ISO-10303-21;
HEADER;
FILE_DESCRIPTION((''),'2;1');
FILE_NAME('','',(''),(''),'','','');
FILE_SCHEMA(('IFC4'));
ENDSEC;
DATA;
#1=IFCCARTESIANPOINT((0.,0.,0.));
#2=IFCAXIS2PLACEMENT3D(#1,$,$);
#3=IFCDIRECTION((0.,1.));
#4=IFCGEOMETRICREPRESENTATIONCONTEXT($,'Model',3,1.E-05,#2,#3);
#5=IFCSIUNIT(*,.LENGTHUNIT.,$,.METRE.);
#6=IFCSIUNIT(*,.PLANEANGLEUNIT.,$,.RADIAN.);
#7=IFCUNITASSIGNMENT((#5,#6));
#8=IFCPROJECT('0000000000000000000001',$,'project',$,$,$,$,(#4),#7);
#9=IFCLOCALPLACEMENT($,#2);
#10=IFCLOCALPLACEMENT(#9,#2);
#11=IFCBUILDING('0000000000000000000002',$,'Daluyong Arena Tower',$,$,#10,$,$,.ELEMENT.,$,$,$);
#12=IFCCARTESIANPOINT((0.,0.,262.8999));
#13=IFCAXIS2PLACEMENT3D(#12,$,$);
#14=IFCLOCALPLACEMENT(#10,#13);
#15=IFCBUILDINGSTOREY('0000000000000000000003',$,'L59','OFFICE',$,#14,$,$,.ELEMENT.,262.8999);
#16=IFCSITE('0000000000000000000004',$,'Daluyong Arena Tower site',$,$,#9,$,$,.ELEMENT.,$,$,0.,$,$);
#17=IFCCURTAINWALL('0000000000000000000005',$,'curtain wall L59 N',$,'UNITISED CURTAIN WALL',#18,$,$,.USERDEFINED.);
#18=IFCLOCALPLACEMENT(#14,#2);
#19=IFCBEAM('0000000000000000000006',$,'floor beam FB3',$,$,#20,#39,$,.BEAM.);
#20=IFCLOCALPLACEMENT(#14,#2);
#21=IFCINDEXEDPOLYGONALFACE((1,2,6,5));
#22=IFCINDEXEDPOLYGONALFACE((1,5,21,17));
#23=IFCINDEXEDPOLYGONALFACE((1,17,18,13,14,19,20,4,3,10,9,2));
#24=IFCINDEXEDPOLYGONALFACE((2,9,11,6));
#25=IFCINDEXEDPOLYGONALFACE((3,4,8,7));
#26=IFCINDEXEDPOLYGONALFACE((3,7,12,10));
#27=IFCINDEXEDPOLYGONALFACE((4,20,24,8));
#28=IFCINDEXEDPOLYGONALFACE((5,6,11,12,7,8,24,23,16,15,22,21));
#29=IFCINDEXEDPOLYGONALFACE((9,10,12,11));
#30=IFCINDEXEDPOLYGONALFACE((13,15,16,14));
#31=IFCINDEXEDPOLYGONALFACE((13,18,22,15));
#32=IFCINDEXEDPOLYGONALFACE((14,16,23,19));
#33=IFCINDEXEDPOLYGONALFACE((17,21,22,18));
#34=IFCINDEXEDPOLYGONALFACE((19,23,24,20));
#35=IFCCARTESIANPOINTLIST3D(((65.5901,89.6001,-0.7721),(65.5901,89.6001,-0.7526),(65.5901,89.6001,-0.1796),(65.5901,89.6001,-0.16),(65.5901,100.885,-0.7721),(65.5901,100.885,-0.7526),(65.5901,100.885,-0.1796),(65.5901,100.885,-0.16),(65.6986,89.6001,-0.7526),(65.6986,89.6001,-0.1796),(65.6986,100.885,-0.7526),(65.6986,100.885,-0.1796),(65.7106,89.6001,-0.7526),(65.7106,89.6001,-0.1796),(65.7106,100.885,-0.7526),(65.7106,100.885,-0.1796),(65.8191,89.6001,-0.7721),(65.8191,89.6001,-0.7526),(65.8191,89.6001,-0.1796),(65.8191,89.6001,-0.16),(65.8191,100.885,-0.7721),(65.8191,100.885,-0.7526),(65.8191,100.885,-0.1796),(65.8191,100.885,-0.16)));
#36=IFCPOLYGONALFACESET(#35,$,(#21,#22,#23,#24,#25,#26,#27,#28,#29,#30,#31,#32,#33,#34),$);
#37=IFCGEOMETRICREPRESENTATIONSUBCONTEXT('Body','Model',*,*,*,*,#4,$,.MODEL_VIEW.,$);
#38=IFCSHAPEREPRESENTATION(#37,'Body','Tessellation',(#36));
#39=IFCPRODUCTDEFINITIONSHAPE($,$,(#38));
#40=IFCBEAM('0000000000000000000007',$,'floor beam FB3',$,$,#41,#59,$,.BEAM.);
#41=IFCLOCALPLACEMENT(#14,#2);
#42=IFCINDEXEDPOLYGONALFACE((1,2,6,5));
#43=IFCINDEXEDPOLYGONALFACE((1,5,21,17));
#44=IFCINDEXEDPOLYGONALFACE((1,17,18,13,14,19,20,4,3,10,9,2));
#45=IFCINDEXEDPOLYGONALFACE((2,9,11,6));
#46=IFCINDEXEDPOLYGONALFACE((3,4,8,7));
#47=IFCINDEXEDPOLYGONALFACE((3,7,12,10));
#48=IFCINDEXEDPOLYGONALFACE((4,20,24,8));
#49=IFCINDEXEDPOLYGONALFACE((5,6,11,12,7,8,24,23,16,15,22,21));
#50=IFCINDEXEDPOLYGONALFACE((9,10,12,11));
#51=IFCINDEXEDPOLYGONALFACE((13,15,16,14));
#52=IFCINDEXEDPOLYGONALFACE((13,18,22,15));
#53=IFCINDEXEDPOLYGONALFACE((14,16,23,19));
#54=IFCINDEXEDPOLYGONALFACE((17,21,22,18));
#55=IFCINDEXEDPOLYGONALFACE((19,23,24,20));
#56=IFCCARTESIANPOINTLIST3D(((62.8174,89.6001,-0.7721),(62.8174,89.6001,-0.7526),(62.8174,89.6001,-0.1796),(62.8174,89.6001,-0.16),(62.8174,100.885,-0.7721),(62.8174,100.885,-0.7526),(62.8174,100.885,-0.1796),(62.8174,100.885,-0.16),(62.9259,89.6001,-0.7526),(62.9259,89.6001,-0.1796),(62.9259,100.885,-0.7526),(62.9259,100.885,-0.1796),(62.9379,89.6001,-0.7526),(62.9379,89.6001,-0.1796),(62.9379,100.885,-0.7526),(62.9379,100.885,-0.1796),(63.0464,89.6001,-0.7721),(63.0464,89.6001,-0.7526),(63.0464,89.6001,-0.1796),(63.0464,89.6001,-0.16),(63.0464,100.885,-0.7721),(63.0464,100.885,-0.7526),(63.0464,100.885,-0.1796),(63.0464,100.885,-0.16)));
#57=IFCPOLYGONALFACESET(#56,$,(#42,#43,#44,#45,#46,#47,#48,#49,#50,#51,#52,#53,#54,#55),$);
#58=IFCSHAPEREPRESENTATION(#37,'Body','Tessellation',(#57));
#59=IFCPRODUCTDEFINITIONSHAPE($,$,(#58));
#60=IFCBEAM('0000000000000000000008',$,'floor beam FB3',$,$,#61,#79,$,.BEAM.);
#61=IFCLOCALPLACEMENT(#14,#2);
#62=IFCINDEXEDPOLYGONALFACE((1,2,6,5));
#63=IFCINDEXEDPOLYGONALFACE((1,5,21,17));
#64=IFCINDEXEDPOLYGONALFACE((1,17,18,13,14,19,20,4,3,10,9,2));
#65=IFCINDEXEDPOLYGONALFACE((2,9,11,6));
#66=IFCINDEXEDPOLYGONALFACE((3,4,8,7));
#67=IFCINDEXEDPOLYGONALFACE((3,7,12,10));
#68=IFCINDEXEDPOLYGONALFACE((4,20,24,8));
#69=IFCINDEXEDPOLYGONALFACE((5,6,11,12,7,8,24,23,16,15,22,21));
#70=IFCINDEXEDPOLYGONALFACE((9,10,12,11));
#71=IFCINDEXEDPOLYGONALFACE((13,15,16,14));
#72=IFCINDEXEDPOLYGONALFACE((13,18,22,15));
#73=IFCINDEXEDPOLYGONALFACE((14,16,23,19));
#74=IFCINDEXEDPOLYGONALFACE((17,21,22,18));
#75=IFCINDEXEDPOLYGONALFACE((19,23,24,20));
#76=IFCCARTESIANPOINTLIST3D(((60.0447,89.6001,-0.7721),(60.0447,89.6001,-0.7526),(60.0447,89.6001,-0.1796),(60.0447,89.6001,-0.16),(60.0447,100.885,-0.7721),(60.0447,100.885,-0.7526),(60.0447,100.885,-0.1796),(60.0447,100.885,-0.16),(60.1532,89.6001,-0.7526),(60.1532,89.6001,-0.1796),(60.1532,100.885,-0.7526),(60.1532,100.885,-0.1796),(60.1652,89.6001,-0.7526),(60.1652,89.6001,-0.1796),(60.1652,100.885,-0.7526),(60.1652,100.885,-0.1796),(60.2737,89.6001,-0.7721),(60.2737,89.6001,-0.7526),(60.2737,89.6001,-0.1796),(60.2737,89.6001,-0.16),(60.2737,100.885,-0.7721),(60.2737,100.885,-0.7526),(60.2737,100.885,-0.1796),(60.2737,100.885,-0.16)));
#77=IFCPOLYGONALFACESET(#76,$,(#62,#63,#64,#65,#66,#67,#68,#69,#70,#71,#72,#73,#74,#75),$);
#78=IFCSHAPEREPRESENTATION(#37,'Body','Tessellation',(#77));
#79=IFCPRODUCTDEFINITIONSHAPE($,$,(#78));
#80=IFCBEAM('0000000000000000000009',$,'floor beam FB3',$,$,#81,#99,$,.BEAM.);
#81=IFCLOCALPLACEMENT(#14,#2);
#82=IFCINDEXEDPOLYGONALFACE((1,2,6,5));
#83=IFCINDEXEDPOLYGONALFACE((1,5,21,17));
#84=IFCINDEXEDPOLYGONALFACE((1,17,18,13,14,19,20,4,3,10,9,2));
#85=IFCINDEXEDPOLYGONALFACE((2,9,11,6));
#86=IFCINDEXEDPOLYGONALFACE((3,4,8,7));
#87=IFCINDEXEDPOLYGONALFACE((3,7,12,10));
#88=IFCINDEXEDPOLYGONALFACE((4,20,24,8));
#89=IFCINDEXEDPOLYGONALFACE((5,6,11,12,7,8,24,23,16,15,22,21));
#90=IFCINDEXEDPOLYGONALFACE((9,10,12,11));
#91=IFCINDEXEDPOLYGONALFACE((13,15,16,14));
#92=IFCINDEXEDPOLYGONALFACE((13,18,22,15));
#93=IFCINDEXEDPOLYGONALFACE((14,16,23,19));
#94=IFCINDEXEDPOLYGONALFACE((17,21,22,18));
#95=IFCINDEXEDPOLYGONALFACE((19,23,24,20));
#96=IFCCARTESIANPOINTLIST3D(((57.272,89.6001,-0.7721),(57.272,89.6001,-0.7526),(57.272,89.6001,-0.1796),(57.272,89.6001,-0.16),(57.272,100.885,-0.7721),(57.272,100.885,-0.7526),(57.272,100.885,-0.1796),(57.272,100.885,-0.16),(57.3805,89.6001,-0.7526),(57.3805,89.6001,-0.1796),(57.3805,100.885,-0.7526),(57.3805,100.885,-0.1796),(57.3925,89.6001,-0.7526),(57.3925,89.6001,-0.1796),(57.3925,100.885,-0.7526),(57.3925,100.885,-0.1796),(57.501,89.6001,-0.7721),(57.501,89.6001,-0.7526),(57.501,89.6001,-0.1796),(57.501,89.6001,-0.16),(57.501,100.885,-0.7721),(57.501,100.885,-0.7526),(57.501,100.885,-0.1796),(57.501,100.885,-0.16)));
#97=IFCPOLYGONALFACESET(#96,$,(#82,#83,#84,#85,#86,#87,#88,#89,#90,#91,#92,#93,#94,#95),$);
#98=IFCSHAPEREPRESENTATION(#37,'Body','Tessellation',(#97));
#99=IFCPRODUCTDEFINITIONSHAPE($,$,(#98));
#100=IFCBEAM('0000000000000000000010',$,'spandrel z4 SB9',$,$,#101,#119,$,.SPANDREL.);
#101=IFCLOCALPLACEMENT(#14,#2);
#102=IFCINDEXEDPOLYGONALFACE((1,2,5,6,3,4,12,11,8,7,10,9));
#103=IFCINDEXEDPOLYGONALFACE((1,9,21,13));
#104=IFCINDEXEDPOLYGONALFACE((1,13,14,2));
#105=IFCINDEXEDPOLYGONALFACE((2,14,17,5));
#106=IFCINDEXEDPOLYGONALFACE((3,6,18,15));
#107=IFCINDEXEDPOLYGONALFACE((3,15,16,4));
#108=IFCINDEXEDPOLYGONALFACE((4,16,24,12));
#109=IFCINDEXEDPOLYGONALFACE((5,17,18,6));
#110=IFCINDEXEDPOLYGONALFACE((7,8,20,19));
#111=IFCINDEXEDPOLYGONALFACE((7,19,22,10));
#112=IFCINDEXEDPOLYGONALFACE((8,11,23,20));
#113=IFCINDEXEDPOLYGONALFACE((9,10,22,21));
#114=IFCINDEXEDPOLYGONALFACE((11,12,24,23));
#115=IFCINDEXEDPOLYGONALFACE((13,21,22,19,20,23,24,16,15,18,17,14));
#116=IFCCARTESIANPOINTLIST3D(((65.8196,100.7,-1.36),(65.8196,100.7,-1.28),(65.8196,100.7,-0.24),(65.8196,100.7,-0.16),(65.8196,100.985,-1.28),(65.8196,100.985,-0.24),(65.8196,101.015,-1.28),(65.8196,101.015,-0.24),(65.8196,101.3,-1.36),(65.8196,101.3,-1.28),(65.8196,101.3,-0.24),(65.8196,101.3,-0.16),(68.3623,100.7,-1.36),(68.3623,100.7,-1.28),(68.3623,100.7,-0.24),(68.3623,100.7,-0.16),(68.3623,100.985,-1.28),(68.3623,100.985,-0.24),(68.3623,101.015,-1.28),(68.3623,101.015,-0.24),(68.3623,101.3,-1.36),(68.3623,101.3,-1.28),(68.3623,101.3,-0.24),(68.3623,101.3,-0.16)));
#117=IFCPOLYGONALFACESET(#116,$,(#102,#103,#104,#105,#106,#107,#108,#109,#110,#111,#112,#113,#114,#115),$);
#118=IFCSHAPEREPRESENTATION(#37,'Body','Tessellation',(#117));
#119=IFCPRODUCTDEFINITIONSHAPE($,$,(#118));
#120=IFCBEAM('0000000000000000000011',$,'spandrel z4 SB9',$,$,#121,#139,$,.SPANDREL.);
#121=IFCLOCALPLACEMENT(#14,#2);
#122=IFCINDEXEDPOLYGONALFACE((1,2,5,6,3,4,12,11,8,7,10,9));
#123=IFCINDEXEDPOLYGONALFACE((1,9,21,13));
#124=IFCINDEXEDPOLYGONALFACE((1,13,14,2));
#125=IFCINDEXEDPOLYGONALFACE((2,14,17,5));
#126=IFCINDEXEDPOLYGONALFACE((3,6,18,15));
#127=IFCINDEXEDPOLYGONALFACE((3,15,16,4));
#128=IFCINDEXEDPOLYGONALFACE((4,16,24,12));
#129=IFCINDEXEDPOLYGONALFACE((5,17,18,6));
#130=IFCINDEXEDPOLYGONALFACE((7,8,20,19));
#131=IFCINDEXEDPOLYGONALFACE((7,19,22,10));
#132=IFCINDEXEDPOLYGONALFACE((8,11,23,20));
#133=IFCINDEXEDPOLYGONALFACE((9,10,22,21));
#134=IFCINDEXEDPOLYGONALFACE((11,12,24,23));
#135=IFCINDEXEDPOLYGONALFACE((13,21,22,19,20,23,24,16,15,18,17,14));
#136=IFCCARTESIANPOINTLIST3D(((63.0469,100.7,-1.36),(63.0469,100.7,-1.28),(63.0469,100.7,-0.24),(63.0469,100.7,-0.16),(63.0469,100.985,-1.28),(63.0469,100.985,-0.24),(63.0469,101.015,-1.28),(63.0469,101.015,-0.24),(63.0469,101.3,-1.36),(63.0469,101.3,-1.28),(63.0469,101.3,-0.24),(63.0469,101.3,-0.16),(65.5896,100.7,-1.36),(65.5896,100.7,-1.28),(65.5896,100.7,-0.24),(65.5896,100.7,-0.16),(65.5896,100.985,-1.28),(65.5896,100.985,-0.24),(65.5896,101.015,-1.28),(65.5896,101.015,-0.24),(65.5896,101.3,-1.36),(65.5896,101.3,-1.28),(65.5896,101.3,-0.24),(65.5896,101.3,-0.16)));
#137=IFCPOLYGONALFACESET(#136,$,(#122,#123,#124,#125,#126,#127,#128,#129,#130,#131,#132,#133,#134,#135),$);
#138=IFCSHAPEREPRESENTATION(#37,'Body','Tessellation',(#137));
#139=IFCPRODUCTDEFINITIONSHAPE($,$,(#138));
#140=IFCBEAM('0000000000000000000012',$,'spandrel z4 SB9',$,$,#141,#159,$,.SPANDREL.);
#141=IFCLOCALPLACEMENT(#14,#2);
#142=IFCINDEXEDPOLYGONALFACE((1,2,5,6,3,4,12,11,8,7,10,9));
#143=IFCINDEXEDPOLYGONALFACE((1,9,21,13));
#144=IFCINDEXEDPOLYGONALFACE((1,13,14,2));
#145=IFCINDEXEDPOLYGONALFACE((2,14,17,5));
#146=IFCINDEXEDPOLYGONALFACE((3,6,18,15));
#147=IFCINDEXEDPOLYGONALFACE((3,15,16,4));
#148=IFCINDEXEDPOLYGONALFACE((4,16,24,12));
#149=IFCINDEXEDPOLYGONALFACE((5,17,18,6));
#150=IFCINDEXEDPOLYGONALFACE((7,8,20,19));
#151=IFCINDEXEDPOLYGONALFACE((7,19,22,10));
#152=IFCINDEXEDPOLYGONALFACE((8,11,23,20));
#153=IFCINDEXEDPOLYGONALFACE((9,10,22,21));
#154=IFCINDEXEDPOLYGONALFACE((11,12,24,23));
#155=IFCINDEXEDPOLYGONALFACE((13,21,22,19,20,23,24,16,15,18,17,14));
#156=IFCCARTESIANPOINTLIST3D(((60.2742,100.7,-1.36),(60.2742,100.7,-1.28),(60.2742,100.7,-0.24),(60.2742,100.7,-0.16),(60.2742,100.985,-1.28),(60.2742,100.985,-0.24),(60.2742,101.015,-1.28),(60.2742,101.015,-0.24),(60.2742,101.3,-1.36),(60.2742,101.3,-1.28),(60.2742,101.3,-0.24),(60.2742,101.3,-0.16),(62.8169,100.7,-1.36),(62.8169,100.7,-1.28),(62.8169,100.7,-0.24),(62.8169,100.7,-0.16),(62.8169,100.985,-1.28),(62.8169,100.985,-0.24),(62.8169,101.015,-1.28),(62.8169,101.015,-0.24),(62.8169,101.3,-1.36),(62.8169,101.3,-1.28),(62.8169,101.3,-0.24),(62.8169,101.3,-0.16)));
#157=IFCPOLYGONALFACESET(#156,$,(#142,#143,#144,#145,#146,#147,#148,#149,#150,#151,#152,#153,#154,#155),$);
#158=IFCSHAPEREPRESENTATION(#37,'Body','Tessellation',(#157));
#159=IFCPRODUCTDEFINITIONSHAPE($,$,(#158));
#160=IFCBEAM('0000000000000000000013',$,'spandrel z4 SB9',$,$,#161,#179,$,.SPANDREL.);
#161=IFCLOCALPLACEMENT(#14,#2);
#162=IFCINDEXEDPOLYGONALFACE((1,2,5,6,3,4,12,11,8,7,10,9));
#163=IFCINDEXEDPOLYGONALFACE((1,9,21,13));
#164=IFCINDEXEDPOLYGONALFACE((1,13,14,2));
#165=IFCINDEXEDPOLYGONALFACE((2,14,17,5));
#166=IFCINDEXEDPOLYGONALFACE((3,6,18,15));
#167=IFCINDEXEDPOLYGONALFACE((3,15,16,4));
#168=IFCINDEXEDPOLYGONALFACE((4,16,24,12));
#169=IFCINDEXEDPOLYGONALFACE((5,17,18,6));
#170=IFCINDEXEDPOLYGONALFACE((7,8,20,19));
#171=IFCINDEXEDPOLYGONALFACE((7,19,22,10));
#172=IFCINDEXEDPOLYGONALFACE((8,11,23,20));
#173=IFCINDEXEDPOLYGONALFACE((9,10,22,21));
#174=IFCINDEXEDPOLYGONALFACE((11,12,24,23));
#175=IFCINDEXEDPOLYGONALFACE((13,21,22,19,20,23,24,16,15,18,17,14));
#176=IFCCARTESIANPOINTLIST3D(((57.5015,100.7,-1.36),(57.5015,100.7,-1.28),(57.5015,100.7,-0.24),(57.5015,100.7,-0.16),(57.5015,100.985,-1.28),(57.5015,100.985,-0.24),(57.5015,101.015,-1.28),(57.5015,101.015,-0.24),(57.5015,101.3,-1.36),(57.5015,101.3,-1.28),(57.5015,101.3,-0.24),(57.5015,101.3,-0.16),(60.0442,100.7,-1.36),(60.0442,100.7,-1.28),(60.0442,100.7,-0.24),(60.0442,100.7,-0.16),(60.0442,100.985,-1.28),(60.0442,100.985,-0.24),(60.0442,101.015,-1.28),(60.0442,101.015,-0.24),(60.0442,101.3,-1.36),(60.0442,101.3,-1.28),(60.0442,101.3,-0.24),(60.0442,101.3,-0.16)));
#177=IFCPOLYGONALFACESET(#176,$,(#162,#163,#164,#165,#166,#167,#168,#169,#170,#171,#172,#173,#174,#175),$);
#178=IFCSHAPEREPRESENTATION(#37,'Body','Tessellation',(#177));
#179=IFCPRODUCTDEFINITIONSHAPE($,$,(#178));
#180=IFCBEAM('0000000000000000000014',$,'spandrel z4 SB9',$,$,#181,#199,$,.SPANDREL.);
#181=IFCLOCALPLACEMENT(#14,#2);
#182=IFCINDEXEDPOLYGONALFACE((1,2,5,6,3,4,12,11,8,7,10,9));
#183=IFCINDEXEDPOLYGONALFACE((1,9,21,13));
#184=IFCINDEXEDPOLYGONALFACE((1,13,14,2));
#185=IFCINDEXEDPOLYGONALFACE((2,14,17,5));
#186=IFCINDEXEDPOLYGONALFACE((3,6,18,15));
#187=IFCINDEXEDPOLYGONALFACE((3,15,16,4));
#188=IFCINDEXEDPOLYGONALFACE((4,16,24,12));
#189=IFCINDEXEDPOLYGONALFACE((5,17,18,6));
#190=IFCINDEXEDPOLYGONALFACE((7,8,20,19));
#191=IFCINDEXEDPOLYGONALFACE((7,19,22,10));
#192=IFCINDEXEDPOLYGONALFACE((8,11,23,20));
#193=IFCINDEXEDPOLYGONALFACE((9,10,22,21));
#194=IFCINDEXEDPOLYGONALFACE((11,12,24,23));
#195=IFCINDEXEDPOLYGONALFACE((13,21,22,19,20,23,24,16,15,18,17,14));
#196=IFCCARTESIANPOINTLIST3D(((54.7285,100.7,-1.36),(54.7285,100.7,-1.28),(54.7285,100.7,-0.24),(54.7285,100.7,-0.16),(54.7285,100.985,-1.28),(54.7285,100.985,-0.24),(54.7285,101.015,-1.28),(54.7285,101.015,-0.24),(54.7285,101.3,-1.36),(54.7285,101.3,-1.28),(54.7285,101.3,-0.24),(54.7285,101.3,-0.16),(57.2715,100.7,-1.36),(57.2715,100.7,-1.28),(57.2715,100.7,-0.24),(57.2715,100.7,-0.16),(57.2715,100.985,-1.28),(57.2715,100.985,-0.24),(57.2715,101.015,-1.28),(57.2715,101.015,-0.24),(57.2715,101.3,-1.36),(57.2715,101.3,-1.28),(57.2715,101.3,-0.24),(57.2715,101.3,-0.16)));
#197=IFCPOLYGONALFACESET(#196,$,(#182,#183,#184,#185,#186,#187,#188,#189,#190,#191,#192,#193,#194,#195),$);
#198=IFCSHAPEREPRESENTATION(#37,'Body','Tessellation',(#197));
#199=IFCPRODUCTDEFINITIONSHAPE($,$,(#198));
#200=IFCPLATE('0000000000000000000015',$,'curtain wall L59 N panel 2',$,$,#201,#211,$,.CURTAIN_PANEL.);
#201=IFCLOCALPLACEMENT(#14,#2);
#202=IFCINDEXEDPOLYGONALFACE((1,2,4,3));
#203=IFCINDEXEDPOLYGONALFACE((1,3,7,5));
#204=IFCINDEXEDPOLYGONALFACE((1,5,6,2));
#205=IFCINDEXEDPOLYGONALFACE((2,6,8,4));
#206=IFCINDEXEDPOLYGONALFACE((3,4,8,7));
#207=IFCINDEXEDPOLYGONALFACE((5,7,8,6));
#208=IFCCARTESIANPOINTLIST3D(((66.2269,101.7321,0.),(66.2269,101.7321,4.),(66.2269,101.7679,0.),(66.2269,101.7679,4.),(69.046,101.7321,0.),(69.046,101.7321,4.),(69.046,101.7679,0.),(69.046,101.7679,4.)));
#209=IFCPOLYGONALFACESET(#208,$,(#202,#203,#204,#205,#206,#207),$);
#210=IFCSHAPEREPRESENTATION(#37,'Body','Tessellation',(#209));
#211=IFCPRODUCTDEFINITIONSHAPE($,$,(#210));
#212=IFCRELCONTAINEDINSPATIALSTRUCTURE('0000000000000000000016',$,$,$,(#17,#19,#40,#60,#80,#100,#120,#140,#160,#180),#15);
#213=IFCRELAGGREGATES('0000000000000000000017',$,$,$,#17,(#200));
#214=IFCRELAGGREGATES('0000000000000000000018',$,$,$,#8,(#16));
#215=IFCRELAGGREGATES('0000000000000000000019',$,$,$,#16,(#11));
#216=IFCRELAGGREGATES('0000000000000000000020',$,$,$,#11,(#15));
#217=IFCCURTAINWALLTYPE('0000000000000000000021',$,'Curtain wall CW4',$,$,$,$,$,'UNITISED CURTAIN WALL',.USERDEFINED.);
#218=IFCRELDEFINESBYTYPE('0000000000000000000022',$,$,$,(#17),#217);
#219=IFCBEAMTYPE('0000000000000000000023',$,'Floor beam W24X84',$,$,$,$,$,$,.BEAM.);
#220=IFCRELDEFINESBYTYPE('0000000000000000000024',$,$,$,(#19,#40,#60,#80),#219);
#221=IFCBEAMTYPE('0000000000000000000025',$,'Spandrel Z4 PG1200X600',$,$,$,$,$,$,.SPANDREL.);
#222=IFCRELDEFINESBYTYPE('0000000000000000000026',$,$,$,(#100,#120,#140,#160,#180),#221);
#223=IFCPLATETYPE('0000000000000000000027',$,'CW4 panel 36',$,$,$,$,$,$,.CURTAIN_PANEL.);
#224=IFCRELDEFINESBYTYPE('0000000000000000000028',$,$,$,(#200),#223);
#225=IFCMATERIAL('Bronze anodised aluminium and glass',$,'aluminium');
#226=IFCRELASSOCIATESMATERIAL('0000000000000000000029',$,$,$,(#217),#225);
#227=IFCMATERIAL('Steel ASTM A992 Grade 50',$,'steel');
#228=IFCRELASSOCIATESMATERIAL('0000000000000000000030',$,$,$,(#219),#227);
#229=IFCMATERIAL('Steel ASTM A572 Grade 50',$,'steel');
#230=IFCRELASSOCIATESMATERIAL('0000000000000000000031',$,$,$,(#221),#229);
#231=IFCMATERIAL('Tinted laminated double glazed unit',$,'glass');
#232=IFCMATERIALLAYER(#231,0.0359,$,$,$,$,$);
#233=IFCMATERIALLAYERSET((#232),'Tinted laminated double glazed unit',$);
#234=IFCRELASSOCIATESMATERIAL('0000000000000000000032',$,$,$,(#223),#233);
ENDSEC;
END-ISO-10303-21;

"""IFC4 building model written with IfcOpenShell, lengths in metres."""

from ifc_helpers import new_model, si_unit, direction, frame, origin, origin_2d, place, context, subcontext, project, spatial, rectangle, i_section, extrude, material, layer, layer_set, material_profile, profile_set, type_object, element, aggregate, save


model = new_model("IFC4")

# Units and contexts
model_context = context("Model", 3, precision=1e-05, world=origin(), true_north=direction((0.0, 1.0)))
body_context = subcontext(model_context, "Body", "Model", "MODEL_VIEW")
ifc_project = project(units=[si_unit("LENGTHUNIT", "METRE"), si_unit("PLANEANGLEUNIT", "RADIAN")], contexts=[model_context])

# Site, building, storey
site_placement = place(None, origin())
site = spatial("IfcSite", under=ifc_project, at=site_placement, Name="Daluyong Arena Tower site", CompositionType="ELEMENT", RefElevation=0.0)
building_placement = place(site_placement, origin())
building = spatial("IfcBuilding", under=site, at=building_placement, Name="Daluyong Arena Tower", CompositionType="ELEMENT")
storey_placement = place(building_placement, frame((0.0, 0.0, 262.8999)))
storey = spatial("IfcBuildingStorey", under=building, at=storey_placement, Name="L59", Description="OFFICE", CompositionType="ELEMENT", Elevation=262.8999)

# Curtain wall
ifc_material_1 = material(Name="Bronze anodised aluminium and glass", Category="aluminium")
curtain_wall_type = type_object("IfcCurtainWallType", Name="Curtain wall CW4", ElementType="UNITISED CURTAIN WALL", PredefinedType="USERDEFINED", material=ifc_material_1)
curtain_wall_placement = place(storey_placement, origin())
curtain_wall = element("IfcCurtainWall", 1, at=curtain_wall_placement, inside=storey, type_object=curtain_wall_type, Name="curtain wall L59 N", ObjectType="UNITISED CURTAIN WALL", PredefinedType="USERDEFINED")

# Beams
ifc_material_2 = material(Name="Steel ASTM A992 Grade 50", Category="steel")
ifc_material_profile_1 = material_profile(ifc_material_2, i_section(OverallWidth=0.229, OverallDepth=0.6121, WebThickness=0.012, FlangeThickness=0.0195, at=origin_2d()))
ifc_profile_set_1 = profile_set([ifc_material_profile_1], Name="Steel ASTM A992 Grade 50")
beam_type_1 = type_object("IfcBeamType", Name="Floor beam W24X84", PredefinedType="BEAM", material=ifc_profile_set_1)
for number, where, z_axis, x_axis, name in (
    (2, (65.7046, 100.885, -0.4661), (0.0, -1.0, 0.0), (1.0, 0.0, 0.0), "floor beam FB3"),
    (3, (62.9319, 100.885, -0.4661), (0.0, -1.0, 0.0), (1.0, 0.0, 0.0), "floor beam FB3"),
    (4, (60.1592, 100.885, -0.4661), (0.0, -1.0, 0.0), (1.0, 0.0, 0.0), "floor beam FB3"),
    (5, (57.3865, 100.885, -0.4661), (0.0, -1.0, 0.0), (1.0, 0.0, 0.0), "floor beam FB3"),
):
    element("IfcBeam", number, at=place(storey_placement, frame(where, z_axis=z_axis, x_axis=x_axis)), inside=storey, type_object=beam_type_1, Name=name, PredefinedType="BEAM", context=body_context, shape_type="SweptSolid", body=[
        extrude(i_section(OverallWidth=0.229, OverallDepth=0.6121, WebThickness=0.012, FlangeThickness=0.0195, at=origin_2d()), origin(), (0.0, 0.0, 1.0), 11.2849),
    ])
ifc_material_3 = material(Name="Steel ASTM A572 Grade 50", Category="steel")
ifc_material_profile_2 = material_profile(ifc_material_3, i_section(OverallWidth=0.6001, OverallDepth=1.2, WebThickness=0.03, FlangeThickness=0.08, at=origin_2d()))
ifc_profile_set_2 = profile_set([ifc_material_profile_2], Name="Steel ASTM A572 Grade 50")
beam_type_2 = type_object("IfcBeamType", Name="Spandrel Z4 PG1200X600", PredefinedType="SPANDREL", material=ifc_profile_set_2)
for number, where, z_axis, x_axis, name in (
    (6, (68.3623, 101.0, -0.76), (-1.0, 0.0, 0.0), (0.0, -1.0, 0.0), "spandrel z4 SB9"),
    (7, (65.5896, 101.0, -0.76), (-1.0, 0.0, 0.0), (0.0, -1.0, 0.0), "spandrel z4 SB9"),
    (8, (62.8169, 101.0, -0.76), (-1.0, 0.0, 0.0), (0.0, -1.0, 0.0), "spandrel z4 SB9"),
    (9, (60.0442, 101.0, -0.76), (-1.0, 0.0, 0.0), (0.0, -1.0, 0.0), "spandrel z4 SB9"),
):
    element("IfcBeam", number, at=place(storey_placement, frame(where, z_axis=z_axis, x_axis=x_axis)), inside=storey, type_object=beam_type_2, Name=name, PredefinedType="SPANDREL", context=body_context, shape_type="SweptSolid", body=[
        extrude(i_section(OverallWidth=0.6001, OverallDepth=1.2, WebThickness=0.03, FlangeThickness=0.08, at=origin_2d()), origin(), (0.0, 0.0, 1.0), 2.5427),
    ])
beam_1_placement = place(storey_placement, frame((57.2715, 101.0, -0.76), z_axis=(-1.0, 0.0, 0.0), x_axis=(0.0, -1.0, 0.0)))
element("IfcBeam", 10, at=beam_1_placement, inside=storey, type_object=beam_type_2, Name="spandrel z4 SB9", PredefinedType="SPANDREL", context=body_context, shape_type="SweptSolid", body=[
    extrude(i_section(OverallWidth=0.6001, OverallDepth=1.2, WebThickness=0.03, FlangeThickness=0.08, at=origin_2d()), origin(), (0.0, 0.0, 1.0), 2.543),
])

# Plate
ifc_material_4 = material(Name="Tinted laminated double glazed unit", Category="glass")
ifc_layer_1 = layer(ifc_material_4, 0.0359)
ifc_layer_set_1 = layer_set([ifc_layer_1], Name="Tinted laminated double glazed unit")
plate_type = type_object("IfcPlateType", Name="CW4 panel 36", PredefinedType="CURTAIN_PANEL", material=ifc_layer_set_1)
plate_1_placement = place(storey_placement, frame((67.6365, 101.75, 0.0), z_axis=(0.0, 0.0, 1.0), x_axis=(-1.0, 0.0, 0.0)))
plate_1 = element("IfcPlate", 11, at=plate_1_placement, type_object=plate_type, Name="curtain wall L59 N panel 2", PredefinedType="CURTAIN_PANEL", context=body_context, shape_type="SweptSolid", body=[
    extrude(rectangle(XDim=2.8191, YDim=0.0359, at=origin_2d()), origin(), (0.0, 0.0, 1.0), 4.0),
])
aggregate(curtain_wall, [plate_1])

save(model, "model.ifc")
